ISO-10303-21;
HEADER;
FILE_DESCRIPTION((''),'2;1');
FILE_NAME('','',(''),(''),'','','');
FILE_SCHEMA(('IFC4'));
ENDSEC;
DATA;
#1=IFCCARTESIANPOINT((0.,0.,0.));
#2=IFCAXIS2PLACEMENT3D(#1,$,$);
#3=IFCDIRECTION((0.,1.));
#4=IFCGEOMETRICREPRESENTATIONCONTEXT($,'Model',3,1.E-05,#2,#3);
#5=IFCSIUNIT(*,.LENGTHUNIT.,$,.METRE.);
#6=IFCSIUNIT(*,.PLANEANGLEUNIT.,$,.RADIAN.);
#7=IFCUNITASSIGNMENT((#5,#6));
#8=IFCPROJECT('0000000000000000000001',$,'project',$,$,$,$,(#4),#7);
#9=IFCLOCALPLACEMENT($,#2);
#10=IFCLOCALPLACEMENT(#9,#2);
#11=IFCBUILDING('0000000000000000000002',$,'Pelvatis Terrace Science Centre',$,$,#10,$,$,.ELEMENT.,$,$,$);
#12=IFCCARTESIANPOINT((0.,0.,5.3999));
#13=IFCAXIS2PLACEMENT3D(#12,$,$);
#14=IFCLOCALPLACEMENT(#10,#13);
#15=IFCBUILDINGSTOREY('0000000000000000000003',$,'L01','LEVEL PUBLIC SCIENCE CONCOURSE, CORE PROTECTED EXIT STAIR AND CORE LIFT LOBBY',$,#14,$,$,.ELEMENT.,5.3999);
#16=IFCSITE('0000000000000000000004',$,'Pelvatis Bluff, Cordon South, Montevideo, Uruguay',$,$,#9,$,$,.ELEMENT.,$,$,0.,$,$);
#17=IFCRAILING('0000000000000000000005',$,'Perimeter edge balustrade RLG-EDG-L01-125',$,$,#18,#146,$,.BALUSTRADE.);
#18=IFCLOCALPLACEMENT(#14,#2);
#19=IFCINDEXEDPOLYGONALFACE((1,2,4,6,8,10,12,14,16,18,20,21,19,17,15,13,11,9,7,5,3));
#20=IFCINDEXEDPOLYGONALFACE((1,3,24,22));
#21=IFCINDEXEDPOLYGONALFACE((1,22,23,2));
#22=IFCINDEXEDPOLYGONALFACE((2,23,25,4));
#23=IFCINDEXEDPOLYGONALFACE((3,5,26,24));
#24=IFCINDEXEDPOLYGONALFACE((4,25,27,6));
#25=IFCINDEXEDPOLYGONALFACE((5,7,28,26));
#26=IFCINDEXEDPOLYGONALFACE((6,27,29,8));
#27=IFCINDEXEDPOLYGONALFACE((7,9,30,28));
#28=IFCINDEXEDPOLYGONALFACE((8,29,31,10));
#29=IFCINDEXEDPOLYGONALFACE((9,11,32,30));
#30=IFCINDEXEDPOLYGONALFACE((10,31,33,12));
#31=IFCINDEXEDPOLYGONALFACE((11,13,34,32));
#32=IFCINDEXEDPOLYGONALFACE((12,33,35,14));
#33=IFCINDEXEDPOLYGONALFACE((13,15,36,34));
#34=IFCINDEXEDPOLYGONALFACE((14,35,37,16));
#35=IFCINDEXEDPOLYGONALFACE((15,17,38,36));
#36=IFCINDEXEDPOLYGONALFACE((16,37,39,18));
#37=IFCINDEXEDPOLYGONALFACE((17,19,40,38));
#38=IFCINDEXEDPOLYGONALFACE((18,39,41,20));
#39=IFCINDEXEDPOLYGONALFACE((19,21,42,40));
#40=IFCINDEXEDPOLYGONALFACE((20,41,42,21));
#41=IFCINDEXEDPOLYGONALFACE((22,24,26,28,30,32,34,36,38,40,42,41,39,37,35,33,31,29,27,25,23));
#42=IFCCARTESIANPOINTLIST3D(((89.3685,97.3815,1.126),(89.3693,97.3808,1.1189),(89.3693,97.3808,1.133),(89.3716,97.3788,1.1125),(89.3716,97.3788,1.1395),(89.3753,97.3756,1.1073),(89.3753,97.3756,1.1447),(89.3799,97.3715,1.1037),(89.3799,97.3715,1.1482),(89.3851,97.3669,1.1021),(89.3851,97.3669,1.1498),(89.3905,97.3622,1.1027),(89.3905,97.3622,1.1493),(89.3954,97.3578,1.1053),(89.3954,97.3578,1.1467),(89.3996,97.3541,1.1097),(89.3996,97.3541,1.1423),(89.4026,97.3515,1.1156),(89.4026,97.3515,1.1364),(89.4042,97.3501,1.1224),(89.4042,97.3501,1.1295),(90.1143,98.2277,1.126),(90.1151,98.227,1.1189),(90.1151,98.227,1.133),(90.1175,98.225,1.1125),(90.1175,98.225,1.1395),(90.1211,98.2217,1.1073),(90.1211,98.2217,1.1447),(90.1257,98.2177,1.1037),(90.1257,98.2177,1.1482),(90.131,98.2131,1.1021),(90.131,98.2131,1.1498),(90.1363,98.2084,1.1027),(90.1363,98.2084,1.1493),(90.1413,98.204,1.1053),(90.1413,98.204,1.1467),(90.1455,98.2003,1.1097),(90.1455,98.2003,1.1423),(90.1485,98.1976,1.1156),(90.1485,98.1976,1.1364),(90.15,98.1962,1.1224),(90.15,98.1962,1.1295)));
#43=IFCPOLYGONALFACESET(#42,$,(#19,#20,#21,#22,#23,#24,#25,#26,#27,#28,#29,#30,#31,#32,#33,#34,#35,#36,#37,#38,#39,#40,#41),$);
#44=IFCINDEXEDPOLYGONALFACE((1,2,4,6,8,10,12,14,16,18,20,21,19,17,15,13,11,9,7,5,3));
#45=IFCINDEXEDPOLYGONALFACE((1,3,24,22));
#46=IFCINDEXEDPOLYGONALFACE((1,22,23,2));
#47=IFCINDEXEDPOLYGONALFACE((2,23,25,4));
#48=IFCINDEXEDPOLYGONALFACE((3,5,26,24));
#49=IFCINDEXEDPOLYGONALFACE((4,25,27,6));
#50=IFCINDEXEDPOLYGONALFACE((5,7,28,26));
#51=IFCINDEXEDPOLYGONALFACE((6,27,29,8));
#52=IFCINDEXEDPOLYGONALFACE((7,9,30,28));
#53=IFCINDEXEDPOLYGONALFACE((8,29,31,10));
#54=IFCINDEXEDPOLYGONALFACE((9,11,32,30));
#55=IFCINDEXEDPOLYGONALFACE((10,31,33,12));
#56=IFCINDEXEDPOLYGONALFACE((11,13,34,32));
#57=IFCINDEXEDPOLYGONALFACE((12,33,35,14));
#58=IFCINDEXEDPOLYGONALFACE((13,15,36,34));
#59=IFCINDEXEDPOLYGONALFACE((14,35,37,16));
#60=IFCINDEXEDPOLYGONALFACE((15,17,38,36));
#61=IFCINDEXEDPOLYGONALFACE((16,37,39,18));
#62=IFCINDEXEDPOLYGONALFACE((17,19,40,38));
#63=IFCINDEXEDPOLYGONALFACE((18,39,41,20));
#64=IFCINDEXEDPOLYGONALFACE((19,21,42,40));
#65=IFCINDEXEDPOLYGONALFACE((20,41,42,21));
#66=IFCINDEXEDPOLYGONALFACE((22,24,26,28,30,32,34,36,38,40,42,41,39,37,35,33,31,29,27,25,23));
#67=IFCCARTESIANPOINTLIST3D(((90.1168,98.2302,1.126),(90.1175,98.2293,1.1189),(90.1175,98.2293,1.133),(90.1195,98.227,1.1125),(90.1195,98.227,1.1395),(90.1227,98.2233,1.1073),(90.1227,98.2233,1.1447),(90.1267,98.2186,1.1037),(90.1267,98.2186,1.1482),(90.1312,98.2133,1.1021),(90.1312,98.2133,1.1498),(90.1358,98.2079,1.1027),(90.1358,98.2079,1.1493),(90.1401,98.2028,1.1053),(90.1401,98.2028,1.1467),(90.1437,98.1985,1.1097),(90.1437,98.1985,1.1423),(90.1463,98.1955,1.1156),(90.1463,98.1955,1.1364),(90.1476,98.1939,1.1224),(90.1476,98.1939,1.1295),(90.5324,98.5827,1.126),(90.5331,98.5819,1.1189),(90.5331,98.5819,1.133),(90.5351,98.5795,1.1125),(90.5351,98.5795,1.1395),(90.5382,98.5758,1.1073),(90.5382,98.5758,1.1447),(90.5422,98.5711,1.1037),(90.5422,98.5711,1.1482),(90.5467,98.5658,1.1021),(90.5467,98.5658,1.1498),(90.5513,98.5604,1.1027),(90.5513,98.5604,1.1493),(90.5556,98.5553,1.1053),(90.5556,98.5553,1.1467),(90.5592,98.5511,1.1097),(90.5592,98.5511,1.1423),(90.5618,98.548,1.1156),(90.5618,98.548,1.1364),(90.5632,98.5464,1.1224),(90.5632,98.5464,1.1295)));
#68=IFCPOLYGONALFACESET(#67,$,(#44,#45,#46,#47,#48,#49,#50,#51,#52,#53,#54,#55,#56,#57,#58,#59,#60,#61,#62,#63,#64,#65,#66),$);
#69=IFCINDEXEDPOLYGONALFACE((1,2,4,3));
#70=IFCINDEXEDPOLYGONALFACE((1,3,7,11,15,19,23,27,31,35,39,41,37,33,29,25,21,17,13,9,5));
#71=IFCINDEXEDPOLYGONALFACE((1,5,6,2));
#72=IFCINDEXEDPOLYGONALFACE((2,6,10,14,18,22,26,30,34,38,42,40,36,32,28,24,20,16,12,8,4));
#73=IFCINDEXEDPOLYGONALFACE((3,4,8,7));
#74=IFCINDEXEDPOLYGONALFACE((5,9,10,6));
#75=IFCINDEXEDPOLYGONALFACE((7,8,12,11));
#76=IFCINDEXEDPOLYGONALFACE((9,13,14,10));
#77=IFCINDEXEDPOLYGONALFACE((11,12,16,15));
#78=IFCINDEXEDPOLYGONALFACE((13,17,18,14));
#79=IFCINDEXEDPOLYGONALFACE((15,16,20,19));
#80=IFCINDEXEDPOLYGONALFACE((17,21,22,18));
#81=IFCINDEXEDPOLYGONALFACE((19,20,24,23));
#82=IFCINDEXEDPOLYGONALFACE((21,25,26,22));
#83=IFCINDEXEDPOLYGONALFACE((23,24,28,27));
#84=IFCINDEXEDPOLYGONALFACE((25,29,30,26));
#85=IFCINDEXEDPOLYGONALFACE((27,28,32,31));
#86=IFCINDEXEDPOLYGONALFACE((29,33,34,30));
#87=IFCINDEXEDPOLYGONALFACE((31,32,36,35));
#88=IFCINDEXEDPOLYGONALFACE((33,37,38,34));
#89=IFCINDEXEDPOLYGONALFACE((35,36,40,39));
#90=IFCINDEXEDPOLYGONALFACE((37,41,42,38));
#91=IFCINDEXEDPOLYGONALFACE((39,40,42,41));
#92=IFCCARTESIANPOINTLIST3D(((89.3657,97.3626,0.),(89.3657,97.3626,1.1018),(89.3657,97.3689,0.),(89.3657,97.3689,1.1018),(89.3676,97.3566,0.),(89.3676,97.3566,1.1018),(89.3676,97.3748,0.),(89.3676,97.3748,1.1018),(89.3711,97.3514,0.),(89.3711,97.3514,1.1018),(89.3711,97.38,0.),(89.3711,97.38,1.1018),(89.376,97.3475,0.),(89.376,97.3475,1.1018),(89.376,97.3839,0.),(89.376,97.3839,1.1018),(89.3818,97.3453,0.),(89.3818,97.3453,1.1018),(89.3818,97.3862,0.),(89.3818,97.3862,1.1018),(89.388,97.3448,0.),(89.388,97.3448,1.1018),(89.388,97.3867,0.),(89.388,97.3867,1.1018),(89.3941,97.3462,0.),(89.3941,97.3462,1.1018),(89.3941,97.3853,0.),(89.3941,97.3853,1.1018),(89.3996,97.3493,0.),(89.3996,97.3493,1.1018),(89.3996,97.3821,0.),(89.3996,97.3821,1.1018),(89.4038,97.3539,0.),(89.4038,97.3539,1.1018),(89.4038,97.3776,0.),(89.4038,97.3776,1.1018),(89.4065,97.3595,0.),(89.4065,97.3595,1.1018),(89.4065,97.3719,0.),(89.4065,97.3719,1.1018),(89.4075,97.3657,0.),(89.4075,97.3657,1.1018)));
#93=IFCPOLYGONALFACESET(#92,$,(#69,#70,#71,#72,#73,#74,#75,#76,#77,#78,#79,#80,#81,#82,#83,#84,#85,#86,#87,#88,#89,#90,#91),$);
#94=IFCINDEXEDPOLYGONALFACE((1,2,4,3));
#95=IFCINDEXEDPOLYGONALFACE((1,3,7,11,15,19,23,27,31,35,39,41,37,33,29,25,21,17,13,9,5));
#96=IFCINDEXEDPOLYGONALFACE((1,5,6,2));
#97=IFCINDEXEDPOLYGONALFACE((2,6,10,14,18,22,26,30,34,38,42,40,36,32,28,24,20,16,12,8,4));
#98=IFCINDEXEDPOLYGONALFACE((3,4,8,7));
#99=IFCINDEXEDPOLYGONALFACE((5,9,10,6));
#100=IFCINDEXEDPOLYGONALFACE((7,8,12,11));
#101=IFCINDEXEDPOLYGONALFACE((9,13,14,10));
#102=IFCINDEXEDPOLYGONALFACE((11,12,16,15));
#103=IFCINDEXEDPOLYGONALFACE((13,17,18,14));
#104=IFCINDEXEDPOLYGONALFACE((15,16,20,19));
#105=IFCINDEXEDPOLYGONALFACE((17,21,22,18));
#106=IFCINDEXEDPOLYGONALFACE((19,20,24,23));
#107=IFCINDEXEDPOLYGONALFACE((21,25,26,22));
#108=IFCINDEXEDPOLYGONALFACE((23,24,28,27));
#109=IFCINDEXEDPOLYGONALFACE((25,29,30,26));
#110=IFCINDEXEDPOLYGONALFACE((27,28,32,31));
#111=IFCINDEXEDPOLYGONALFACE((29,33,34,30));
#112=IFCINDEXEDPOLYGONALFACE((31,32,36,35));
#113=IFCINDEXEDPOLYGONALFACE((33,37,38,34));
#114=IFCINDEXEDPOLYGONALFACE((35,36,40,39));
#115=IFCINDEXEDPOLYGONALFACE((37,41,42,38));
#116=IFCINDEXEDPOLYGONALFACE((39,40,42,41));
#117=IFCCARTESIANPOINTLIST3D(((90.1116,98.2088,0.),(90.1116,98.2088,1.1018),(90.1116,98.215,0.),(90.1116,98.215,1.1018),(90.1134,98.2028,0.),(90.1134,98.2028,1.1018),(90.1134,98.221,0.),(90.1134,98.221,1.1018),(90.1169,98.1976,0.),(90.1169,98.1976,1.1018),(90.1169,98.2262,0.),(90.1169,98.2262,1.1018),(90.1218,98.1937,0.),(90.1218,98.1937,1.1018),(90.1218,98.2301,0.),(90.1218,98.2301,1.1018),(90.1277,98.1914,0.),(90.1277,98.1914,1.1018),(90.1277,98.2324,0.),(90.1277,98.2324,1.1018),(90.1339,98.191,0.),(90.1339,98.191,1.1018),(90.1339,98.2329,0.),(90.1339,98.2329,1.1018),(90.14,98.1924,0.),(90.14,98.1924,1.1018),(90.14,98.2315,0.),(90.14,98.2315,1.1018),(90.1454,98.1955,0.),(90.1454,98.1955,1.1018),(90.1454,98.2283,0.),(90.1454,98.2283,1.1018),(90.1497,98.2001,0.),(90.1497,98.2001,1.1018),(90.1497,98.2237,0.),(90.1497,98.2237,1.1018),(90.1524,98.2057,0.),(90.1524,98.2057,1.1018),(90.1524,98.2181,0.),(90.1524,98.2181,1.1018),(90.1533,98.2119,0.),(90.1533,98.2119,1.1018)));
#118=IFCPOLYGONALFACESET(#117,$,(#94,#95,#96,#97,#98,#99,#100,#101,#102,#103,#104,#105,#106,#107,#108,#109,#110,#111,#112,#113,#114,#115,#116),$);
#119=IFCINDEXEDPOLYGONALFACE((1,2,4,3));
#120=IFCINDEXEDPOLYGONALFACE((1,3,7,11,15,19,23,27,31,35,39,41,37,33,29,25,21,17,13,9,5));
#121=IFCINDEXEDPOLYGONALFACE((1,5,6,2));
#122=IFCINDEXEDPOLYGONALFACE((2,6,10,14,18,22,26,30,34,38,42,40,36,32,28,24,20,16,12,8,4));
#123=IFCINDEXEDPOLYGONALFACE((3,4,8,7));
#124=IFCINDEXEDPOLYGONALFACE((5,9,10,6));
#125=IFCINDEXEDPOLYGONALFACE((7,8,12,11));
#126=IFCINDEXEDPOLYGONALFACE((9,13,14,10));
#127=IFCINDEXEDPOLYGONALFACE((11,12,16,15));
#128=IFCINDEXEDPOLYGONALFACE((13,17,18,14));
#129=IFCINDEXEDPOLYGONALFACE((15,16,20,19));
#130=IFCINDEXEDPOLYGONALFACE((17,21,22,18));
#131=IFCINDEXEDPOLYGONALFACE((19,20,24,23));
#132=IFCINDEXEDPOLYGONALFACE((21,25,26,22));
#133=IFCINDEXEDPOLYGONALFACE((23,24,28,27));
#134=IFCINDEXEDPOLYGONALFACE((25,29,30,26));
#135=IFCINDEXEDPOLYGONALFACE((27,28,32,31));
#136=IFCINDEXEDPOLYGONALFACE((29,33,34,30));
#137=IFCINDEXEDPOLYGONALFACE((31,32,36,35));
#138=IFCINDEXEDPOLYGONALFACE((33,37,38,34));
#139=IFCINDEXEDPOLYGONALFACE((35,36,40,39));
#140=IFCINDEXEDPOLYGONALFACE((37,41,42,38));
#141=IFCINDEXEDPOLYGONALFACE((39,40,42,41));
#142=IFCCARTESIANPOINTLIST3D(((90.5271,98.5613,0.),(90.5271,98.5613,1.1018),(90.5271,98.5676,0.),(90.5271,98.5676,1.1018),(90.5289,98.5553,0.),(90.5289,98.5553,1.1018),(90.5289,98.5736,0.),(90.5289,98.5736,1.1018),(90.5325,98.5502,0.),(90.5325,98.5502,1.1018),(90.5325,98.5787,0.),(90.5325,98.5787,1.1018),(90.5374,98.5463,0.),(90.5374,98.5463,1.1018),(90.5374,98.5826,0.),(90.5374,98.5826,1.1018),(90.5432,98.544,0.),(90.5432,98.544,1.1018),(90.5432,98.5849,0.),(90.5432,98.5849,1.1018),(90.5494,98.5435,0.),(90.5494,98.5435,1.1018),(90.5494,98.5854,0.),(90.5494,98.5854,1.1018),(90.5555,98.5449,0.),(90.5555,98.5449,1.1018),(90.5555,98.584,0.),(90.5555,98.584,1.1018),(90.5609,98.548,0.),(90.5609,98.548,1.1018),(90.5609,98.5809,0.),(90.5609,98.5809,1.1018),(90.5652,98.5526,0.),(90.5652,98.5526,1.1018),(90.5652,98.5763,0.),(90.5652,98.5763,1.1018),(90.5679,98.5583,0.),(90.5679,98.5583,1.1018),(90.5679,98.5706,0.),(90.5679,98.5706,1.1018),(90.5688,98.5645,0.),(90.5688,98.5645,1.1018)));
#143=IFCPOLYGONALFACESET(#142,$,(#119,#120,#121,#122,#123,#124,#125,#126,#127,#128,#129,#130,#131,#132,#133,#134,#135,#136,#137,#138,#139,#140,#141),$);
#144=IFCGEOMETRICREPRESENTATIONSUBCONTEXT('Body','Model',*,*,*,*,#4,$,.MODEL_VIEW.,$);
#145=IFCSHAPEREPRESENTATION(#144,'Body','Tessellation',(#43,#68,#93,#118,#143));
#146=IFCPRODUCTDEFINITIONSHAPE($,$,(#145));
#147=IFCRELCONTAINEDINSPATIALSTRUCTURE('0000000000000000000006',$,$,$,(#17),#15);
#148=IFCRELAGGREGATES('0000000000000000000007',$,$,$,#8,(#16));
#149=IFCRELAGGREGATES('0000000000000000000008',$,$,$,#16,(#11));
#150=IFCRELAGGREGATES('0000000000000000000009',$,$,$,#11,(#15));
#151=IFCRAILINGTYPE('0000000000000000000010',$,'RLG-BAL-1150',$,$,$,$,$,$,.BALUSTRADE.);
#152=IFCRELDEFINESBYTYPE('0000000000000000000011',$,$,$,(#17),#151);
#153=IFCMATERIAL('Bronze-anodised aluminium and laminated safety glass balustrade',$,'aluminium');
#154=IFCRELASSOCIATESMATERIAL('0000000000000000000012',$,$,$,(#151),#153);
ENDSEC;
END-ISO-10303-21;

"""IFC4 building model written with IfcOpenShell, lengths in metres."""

from ifc_helpers import new_model, si_unit, direction, frame, origin, origin_2d, place, context, subcontext, project, spatial, circle, extrude, material, type_object, element, save


model = new_model("IFC4")

# Units and contexts
model_context = context("Model", 3, precision=1e-05, world=origin(), true_north=direction((0.0, 1.0)))
body_context = subcontext(model_context, "Body", "Model", "MODEL_VIEW")
ifc_project = project(units=[si_unit("LENGTHUNIT", "METRE"), si_unit("PLANEANGLEUNIT", "RADIAN")], contexts=[model_context])

# Site, building, storey
site_placement = place(None, origin())
site = spatial("IfcSite", under=ifc_project, at=site_placement, Name="Pelvatis Bluff, Cordon South, Montevideo, Uruguay", CompositionType="ELEMENT", RefElevation=0.0)
building_placement = place(site_placement, origin())
building = spatial("IfcBuilding", under=site, at=building_placement, Name="Pelvatis Terrace Science Centre", CompositionType="ELEMENT")
storey_placement = place(building_placement, frame((0.0, 0.0, 5.3999)))
storey = spatial("IfcBuildingStorey", under=building, at=storey_placement, Name="L01", Description="LEVEL PUBLIC SCIENCE CONCOURSE, CORE PROTECTED EXIT STAIR AND CORE LIFT LOBBY", CompositionType="ELEMENT", Elevation=5.3999)

# Railing
ifc_material_1 = material(Name="Bronze-anodised aluminium and laminated safety glass balustrade", Category="aluminium")
railing_type = type_object("IfcRailingType", Name="RLG-BAL-1150", PredefinedType="BALUSTRADE", material=ifc_material_1)
railing_1_placement = place(storey_placement, frame((89.3865, 97.3657, 0.0)))
element("IfcRailing", 1, at=railing_1_placement, inside=storey, type_object=railing_type, Name="Perimeter edge balustrade RLG-EDG-L01-125", PredefinedType="BALUSTRADE", context=body_context, shape_type="SweptSolid", body=[
    extrude(circle(Radius=0.0239, at=origin_2d()), frame((0.0, 0.0, 1.126), z_axis=(0.661228, 0.750185, 0.0), x_axis=(-0.750185, 0.661228, 0.0)), (0.0, 0.0, 1.0), 1.1279),
    extrude(circle(Radius=0.0239, at=origin_2d()), frame((0.7458, 0.8462, 1.126), z_axis=(0.762536, 0.646946, 0.0), x_axis=(-0.646946, 0.762536, 0.0)), (0.0, 0.0, 1.0), 0.5449),
    extrude(circle(Radius=0.021, at=origin_2d()), origin(), (0.0, 0.0, 1.0), 1.1018),
    extrude(circle(Radius=0.021, at=origin_2d()), frame((0.7458, 0.8462, 0.0)), (0.0, 0.0, 1.0), 1.1018),
    extrude(circle(Radius=0.021, at=origin_2d()), frame((1.1614, 1.1987, 0.0)), (0.0, 0.0, 1.0), 1.1018),
])

save(model, "model.ifc")
